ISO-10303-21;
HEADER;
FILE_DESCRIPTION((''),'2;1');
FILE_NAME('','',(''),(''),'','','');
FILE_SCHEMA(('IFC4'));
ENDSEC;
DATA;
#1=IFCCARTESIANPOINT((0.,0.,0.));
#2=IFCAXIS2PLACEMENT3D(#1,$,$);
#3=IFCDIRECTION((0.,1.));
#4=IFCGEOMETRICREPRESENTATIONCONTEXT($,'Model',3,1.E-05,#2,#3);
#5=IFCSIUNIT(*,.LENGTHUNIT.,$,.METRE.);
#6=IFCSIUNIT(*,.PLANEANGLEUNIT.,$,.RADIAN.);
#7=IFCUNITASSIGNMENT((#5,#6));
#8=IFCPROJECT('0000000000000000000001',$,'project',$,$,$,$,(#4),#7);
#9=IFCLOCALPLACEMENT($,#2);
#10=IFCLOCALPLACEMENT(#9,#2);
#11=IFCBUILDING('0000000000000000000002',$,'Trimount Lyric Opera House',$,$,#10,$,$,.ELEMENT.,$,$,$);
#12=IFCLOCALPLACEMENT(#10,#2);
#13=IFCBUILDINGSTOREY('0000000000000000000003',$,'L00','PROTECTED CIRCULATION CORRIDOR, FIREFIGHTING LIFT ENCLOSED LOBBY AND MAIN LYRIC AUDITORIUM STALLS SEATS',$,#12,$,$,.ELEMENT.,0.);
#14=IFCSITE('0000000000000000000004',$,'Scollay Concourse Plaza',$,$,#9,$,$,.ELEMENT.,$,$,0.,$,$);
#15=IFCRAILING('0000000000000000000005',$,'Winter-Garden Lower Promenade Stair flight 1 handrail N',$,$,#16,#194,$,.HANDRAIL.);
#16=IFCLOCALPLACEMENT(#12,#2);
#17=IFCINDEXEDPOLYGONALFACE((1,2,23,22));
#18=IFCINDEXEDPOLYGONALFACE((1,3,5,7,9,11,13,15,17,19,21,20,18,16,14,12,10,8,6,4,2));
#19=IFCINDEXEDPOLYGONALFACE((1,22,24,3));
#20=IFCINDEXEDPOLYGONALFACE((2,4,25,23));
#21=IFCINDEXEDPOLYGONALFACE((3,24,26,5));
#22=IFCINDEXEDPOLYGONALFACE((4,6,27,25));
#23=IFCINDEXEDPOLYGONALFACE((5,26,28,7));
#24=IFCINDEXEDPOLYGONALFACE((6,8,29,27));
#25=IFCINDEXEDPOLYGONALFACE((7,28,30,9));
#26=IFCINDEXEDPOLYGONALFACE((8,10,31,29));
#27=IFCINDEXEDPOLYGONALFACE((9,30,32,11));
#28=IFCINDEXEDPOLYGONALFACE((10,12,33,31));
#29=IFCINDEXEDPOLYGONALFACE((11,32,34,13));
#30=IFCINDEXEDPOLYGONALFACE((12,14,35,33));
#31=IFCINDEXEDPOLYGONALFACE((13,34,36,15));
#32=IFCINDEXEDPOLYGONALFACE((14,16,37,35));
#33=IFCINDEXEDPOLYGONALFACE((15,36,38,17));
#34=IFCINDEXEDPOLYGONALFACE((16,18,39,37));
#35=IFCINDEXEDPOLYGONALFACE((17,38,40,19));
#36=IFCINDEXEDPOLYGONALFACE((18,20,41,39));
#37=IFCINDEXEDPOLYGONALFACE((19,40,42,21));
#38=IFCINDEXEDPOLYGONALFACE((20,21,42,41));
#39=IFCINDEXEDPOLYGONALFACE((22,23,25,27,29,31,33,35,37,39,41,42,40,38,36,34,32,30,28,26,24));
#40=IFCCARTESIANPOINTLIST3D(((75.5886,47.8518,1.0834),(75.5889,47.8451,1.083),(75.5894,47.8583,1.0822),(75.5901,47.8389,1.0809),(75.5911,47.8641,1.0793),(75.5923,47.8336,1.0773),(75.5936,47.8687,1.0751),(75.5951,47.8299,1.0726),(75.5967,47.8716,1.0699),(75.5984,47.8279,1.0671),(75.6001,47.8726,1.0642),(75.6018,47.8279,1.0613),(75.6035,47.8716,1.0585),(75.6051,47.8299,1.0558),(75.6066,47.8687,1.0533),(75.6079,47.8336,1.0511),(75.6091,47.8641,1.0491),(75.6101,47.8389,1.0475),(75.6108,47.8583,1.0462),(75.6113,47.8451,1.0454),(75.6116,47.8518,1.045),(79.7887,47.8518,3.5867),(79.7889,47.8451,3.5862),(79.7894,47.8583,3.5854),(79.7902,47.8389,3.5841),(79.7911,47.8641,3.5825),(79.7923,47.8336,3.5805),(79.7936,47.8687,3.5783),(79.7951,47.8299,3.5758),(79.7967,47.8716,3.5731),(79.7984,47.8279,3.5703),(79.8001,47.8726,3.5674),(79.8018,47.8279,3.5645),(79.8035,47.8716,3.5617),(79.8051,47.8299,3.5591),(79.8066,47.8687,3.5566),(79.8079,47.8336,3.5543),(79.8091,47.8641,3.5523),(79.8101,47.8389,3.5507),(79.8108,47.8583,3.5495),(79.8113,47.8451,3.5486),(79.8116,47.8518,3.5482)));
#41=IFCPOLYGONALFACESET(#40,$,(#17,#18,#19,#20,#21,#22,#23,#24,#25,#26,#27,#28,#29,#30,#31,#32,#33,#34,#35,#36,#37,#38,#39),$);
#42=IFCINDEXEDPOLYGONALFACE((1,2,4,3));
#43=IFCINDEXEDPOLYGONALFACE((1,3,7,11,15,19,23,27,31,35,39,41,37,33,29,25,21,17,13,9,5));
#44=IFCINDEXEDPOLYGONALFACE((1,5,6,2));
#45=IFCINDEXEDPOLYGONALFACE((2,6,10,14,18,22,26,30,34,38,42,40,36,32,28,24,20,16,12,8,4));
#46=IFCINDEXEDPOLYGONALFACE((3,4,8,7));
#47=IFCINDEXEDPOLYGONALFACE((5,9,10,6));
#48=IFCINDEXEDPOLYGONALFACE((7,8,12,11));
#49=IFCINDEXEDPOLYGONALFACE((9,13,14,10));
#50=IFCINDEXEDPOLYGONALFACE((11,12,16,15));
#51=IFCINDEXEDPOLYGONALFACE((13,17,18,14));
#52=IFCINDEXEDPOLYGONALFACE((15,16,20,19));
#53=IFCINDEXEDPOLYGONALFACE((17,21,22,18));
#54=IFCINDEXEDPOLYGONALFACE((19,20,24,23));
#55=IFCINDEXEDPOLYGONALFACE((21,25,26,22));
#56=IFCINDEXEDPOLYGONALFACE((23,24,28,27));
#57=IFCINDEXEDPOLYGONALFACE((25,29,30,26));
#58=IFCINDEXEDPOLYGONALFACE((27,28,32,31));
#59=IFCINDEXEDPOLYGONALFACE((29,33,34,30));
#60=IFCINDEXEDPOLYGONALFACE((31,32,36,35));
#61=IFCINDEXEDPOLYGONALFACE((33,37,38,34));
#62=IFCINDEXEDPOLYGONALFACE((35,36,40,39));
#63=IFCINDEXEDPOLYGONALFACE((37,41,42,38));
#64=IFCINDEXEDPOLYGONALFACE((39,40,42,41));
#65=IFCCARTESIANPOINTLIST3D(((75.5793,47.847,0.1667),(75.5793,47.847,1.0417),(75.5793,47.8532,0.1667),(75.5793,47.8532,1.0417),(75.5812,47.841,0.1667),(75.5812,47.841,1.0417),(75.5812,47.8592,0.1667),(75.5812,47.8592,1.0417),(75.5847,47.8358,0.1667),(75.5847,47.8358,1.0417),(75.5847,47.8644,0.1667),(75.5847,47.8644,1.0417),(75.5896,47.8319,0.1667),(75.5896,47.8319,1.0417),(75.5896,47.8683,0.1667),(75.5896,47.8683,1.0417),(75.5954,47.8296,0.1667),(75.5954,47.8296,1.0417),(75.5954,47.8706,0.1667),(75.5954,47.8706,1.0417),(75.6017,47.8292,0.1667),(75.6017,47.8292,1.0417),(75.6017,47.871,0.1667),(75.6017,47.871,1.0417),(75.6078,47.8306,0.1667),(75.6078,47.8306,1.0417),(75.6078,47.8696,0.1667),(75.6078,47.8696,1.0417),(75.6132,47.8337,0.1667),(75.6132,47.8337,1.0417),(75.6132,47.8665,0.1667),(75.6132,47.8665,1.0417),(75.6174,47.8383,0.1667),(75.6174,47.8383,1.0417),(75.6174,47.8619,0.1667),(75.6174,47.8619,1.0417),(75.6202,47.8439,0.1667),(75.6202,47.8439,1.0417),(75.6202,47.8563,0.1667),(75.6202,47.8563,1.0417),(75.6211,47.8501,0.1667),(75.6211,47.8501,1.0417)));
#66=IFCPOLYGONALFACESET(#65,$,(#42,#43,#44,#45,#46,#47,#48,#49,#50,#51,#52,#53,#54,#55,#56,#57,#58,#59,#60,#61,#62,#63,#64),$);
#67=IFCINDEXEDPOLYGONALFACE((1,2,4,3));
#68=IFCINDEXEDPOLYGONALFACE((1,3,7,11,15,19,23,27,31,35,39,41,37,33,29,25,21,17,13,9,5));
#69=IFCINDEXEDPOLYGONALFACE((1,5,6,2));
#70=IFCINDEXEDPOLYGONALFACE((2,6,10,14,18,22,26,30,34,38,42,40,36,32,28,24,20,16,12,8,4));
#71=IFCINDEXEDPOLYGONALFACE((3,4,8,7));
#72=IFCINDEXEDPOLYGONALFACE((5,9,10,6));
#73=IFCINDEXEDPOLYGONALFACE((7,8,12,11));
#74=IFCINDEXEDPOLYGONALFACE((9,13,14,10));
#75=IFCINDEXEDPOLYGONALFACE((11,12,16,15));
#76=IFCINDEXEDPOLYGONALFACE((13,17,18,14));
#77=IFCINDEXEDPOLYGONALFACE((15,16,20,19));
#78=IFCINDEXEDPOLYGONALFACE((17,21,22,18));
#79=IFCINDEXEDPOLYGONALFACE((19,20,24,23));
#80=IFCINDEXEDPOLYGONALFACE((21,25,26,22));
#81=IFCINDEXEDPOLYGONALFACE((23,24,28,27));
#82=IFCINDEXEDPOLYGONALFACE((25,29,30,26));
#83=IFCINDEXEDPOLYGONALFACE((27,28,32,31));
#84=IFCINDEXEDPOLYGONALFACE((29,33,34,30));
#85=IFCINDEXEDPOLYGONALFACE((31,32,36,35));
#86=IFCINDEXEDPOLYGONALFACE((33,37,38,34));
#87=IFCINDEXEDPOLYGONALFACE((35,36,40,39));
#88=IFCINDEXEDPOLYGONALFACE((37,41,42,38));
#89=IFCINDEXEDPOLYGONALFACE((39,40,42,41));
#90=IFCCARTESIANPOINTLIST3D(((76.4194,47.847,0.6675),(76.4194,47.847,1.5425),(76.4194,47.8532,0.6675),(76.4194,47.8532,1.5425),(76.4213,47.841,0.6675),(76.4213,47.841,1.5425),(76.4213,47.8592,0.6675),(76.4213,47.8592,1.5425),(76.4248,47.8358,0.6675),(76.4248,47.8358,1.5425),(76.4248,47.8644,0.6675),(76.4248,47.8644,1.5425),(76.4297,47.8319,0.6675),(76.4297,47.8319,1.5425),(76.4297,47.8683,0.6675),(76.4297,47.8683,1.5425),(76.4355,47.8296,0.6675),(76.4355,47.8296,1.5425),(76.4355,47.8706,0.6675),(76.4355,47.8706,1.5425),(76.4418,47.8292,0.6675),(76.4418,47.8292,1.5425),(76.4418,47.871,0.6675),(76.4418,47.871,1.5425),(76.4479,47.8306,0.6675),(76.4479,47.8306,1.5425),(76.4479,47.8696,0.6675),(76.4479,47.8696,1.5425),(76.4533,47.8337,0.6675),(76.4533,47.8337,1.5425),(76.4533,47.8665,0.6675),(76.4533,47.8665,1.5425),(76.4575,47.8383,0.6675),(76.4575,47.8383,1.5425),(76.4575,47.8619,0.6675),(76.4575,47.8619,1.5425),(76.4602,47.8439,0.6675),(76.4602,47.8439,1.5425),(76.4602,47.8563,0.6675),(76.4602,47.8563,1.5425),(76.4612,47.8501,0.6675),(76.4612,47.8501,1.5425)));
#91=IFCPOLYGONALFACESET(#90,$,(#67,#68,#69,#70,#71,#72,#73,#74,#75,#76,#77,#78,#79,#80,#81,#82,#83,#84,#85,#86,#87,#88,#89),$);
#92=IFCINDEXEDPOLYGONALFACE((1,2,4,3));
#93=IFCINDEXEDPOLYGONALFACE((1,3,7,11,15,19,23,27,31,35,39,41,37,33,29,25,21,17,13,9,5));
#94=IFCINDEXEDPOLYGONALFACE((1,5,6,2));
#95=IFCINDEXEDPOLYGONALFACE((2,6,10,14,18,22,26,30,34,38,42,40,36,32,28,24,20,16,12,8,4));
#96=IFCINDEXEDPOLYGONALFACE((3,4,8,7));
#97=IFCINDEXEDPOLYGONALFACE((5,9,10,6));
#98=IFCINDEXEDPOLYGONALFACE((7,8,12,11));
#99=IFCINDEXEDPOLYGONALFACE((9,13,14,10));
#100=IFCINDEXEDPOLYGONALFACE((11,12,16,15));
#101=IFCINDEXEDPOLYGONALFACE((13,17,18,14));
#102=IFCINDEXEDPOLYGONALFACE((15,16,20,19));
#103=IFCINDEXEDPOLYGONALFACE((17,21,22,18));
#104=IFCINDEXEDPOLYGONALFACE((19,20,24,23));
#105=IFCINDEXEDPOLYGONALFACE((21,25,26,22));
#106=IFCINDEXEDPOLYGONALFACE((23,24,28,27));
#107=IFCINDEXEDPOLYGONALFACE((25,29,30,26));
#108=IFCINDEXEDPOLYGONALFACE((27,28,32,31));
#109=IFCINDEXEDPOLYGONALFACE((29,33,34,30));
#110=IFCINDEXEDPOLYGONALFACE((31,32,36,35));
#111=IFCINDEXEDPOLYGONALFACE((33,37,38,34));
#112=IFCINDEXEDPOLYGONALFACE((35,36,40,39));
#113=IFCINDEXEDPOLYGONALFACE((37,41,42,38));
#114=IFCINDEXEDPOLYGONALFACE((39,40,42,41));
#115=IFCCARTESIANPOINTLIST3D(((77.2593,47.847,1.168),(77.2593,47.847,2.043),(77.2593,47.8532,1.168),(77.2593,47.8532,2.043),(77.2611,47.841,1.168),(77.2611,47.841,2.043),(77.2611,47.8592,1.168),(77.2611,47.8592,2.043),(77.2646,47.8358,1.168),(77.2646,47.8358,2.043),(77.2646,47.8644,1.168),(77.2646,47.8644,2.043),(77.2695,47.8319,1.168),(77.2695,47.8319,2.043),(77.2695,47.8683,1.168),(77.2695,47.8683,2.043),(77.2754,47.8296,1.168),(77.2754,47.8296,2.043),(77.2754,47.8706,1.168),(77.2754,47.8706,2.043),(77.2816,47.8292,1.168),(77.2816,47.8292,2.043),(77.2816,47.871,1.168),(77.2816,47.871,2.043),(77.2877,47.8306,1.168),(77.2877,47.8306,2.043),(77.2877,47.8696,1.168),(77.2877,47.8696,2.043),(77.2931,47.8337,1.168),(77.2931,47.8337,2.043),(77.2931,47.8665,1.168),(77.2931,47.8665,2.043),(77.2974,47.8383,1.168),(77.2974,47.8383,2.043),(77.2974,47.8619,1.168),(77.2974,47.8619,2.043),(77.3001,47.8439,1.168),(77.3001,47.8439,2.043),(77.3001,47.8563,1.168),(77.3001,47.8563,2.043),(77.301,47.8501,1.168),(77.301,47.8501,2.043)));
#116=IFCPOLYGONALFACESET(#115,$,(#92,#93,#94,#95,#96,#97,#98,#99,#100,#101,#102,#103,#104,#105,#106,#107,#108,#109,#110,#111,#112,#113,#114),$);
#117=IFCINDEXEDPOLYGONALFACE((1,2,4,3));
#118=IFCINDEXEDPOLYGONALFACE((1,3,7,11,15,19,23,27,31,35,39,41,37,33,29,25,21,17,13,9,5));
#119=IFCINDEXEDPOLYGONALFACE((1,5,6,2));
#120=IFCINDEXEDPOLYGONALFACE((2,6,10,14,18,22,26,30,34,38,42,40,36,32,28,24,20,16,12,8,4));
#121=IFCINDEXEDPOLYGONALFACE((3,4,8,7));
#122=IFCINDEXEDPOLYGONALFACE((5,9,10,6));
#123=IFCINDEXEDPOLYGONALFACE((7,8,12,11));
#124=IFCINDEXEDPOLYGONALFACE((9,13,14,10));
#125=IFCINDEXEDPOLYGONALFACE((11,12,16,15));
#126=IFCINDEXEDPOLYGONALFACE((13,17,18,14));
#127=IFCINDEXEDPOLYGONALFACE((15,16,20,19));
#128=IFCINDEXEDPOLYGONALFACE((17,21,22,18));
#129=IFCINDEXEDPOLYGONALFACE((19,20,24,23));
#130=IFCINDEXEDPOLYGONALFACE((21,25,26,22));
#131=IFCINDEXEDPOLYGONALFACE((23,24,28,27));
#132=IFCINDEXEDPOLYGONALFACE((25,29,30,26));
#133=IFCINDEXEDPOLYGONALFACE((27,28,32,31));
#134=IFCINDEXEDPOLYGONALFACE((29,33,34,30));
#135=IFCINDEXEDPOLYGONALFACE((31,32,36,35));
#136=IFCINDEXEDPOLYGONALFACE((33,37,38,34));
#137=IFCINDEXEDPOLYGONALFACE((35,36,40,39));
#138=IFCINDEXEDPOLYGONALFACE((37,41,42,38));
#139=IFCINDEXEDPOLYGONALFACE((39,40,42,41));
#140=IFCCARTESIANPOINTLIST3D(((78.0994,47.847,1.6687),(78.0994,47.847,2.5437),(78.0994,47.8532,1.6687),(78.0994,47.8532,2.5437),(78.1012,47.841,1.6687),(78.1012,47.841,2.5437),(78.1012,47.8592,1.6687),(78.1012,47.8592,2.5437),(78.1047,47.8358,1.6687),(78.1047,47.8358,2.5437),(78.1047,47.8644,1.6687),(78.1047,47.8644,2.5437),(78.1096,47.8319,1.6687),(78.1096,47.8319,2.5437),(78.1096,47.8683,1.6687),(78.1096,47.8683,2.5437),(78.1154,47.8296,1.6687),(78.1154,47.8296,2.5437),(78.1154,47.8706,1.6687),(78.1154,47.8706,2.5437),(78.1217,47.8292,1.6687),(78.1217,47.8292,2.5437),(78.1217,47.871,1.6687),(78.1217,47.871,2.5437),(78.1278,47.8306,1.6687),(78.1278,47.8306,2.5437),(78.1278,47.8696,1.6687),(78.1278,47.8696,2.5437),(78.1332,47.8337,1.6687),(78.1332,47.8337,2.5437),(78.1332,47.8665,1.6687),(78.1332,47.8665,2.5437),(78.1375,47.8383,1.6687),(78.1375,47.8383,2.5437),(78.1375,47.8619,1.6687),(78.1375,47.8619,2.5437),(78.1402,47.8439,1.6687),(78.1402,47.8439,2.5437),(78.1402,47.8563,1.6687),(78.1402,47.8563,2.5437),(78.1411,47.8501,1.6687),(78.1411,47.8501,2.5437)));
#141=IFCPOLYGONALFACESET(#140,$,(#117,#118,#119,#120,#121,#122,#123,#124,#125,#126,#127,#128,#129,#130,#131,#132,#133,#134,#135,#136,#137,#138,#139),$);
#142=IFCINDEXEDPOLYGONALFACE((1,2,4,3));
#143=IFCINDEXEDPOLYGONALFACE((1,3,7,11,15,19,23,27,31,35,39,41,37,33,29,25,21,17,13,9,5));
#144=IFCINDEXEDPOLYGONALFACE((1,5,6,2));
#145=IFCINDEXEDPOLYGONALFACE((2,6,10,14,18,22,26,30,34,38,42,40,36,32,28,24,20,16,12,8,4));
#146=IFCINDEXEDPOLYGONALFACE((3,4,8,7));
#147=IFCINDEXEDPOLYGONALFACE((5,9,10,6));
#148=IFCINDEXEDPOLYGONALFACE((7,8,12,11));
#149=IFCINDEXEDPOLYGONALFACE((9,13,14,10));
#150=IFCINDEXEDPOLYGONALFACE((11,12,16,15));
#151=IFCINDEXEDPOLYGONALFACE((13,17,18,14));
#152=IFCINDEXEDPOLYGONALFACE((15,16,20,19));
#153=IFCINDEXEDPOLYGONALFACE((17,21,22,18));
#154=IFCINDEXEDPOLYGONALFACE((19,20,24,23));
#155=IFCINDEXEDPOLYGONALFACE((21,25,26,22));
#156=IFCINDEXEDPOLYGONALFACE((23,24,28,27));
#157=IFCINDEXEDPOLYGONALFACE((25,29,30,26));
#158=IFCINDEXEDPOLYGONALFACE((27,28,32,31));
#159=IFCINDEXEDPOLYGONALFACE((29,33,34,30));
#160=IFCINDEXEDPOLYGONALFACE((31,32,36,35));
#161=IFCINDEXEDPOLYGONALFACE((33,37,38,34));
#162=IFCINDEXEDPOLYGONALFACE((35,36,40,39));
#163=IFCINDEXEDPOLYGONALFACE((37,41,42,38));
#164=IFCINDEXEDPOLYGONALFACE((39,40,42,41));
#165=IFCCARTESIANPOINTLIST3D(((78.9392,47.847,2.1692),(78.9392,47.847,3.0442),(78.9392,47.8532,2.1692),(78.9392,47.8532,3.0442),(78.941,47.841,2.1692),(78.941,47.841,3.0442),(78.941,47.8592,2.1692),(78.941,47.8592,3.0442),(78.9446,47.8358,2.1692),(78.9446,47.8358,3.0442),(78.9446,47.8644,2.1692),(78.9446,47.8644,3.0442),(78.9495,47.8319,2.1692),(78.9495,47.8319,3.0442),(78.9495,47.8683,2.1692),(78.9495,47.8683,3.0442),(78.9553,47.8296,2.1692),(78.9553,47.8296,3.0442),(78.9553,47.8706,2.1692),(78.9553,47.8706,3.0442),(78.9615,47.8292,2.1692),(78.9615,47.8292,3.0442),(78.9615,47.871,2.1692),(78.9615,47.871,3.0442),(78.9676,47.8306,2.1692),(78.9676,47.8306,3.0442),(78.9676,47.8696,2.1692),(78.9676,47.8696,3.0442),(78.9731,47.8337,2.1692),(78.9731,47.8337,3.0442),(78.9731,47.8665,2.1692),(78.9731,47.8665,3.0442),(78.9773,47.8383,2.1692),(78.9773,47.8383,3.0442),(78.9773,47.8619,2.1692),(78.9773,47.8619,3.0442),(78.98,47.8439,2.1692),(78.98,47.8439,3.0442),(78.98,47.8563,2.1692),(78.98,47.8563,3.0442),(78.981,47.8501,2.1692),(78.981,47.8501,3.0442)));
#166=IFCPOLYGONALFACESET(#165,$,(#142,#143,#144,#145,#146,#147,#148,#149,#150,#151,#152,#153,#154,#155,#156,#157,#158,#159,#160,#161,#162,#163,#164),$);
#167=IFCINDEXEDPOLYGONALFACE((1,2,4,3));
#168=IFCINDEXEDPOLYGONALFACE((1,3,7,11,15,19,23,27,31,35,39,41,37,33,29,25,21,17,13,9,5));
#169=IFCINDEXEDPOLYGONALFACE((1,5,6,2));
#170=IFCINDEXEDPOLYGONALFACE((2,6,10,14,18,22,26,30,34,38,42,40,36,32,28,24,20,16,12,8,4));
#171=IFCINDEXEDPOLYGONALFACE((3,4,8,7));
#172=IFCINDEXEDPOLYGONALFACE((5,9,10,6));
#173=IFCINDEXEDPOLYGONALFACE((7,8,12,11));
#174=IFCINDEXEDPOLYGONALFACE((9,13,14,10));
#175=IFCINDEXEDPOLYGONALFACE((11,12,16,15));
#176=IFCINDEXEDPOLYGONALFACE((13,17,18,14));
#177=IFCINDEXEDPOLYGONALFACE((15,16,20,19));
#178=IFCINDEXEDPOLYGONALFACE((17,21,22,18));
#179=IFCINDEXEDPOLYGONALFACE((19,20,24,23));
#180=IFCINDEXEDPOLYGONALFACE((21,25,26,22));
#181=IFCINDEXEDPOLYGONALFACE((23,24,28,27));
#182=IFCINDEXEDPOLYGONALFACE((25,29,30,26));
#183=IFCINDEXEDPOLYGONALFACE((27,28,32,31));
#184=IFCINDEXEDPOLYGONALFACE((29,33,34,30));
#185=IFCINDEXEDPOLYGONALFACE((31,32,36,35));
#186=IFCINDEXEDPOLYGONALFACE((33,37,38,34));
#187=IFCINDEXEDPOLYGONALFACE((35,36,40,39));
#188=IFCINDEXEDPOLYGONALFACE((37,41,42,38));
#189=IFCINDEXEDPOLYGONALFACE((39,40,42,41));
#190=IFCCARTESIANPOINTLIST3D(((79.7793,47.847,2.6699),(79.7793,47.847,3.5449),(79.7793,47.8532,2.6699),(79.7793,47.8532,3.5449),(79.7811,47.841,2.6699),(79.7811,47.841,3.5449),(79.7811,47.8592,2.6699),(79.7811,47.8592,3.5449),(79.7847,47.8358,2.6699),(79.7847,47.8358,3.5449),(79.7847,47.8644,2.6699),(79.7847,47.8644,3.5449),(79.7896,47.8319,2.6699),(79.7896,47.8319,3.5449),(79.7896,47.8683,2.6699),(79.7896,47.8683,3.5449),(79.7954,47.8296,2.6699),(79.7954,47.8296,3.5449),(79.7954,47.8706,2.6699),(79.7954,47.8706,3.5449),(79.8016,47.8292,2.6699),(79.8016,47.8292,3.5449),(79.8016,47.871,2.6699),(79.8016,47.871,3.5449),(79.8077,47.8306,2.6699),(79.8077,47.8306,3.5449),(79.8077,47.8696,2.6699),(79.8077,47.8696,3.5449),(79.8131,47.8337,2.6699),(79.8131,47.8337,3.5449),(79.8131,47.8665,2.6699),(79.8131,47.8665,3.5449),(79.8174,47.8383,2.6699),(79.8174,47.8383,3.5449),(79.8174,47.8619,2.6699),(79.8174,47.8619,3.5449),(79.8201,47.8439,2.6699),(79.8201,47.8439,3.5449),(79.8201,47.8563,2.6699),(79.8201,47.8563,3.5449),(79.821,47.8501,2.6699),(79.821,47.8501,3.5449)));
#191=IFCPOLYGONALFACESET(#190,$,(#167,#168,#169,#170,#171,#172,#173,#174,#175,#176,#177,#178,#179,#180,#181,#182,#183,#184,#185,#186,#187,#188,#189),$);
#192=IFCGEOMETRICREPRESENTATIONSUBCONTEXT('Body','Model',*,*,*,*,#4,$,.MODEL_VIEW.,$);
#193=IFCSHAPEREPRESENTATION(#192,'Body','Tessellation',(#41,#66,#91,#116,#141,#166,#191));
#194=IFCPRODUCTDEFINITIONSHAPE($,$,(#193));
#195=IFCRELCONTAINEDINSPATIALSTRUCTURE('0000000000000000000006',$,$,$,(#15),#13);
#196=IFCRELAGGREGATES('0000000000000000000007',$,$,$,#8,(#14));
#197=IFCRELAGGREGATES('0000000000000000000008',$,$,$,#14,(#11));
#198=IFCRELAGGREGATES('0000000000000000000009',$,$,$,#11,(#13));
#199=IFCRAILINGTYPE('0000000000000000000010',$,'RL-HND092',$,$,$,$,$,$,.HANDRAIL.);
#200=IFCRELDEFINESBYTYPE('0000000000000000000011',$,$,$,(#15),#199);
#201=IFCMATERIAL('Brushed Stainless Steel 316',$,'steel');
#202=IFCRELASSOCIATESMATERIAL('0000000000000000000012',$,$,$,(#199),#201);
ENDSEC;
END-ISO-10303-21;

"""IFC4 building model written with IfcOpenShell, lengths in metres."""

from ifc_helpers import new_model, si_unit, direction, frame, origin, origin_2d, place, context, subcontext, project, spatial, circle, extrude, material, type_object, element, save


model = new_model("IFC4")

# Units and contexts
model_context = context("Model", 3, precision=1e-05, world=origin(), true_north=direction((0.0, 1.0)))
body_context = subcontext(model_context, "Body", "Model", "MODEL_VIEW")
ifc_project = project(units=[si_unit("LENGTHUNIT", "METRE"), si_unit("PLANEANGLEUNIT", "RADIAN")], contexts=[model_context])

# Site, building, storey
site_placement = place(None, origin())
site = spatial("IfcSite", under=ifc_project, at=site_placement, Name="Scollay Concourse Plaza", CompositionType="ELEMENT", RefElevation=0.0)
building_placement = place(site_placement, origin())
building = spatial("IfcBuilding", under=site, at=building_placement, Name="Trimount Lyric Opera House", CompositionType="ELEMENT")
storey_placement = place(building_placement, origin())
storey = spatial("IfcBuildingStorey", under=building, at=storey_placement, Name="L00", Description="PROTECTED CIRCULATION CORRIDOR, FIREFIGHTING LIFT ENCLOSED LOBBY AND MAIN LYRIC AUDITORIUM STALLS SEATS", CompositionType="ELEMENT", Elevation=0.0)

# Railing
ifc_material_1 = material(Name="Brushed Stainless Steel 316", Category="steel")
railing_type_1 = type_object("IfcRailingType", Name="RL-HND092", PredefinedType="HANDRAIL", material=ifc_material_1)
for number, where, name in (
    (1, (75.6001, 47.8501, 0.1667), "Winter-Garden Lower Promenade Stair flight 1 handrail N"),
):
    element("IfcRailing", number, at=place(storey_placement, frame(where)), inside=storey, type_object=railing_type_1, Name=name, PredefinedType="HANDRAIL", context=body_context, shape_type="SweptSolid", body=[
        extrude(circle(Radius=0.0225, at=origin_2d()), frame((0.0, 0.0, 0.8975), z_axis=(0.859005, 0.0, 0.511967), x_axis=(0.0, 1.0, 0.0)), (0.0, 0.0, 1.0), 4.8894),
        extrude(circle(Radius=0.021, at=origin_2d()), origin(), (0.0, 0.0, 1.0), 0.875),
        extrude(circle(Radius=0.021, at=origin_2d()), frame((0.8401, 0.0, 0.5007)), (0.0, 0.0, 1.0), 0.875),
        extrude(circle(Radius=0.021, at=origin_2d()), frame((1.6799, 0.0, 1.0012)), (0.0, 0.0, 1.0), 0.875),
        extrude(circle(Radius=0.021, at=origin_2d()), frame((2.52, 0.0, 1.502)), (0.0, 0.0, 1.0), 0.875),
        extrude(circle(Radius=0.021, at=origin_2d()), frame((3.3599, 0.0, 2.0024)), (0.0, 0.0, 1.0), 0.875),
        extrude(circle(Radius=0.021, at=origin_2d()), frame((4.2, 0.0, 2.5032)), (0.0, 0.0, 1.0), 0.875),
    ])

save(model, "model.ifc")
